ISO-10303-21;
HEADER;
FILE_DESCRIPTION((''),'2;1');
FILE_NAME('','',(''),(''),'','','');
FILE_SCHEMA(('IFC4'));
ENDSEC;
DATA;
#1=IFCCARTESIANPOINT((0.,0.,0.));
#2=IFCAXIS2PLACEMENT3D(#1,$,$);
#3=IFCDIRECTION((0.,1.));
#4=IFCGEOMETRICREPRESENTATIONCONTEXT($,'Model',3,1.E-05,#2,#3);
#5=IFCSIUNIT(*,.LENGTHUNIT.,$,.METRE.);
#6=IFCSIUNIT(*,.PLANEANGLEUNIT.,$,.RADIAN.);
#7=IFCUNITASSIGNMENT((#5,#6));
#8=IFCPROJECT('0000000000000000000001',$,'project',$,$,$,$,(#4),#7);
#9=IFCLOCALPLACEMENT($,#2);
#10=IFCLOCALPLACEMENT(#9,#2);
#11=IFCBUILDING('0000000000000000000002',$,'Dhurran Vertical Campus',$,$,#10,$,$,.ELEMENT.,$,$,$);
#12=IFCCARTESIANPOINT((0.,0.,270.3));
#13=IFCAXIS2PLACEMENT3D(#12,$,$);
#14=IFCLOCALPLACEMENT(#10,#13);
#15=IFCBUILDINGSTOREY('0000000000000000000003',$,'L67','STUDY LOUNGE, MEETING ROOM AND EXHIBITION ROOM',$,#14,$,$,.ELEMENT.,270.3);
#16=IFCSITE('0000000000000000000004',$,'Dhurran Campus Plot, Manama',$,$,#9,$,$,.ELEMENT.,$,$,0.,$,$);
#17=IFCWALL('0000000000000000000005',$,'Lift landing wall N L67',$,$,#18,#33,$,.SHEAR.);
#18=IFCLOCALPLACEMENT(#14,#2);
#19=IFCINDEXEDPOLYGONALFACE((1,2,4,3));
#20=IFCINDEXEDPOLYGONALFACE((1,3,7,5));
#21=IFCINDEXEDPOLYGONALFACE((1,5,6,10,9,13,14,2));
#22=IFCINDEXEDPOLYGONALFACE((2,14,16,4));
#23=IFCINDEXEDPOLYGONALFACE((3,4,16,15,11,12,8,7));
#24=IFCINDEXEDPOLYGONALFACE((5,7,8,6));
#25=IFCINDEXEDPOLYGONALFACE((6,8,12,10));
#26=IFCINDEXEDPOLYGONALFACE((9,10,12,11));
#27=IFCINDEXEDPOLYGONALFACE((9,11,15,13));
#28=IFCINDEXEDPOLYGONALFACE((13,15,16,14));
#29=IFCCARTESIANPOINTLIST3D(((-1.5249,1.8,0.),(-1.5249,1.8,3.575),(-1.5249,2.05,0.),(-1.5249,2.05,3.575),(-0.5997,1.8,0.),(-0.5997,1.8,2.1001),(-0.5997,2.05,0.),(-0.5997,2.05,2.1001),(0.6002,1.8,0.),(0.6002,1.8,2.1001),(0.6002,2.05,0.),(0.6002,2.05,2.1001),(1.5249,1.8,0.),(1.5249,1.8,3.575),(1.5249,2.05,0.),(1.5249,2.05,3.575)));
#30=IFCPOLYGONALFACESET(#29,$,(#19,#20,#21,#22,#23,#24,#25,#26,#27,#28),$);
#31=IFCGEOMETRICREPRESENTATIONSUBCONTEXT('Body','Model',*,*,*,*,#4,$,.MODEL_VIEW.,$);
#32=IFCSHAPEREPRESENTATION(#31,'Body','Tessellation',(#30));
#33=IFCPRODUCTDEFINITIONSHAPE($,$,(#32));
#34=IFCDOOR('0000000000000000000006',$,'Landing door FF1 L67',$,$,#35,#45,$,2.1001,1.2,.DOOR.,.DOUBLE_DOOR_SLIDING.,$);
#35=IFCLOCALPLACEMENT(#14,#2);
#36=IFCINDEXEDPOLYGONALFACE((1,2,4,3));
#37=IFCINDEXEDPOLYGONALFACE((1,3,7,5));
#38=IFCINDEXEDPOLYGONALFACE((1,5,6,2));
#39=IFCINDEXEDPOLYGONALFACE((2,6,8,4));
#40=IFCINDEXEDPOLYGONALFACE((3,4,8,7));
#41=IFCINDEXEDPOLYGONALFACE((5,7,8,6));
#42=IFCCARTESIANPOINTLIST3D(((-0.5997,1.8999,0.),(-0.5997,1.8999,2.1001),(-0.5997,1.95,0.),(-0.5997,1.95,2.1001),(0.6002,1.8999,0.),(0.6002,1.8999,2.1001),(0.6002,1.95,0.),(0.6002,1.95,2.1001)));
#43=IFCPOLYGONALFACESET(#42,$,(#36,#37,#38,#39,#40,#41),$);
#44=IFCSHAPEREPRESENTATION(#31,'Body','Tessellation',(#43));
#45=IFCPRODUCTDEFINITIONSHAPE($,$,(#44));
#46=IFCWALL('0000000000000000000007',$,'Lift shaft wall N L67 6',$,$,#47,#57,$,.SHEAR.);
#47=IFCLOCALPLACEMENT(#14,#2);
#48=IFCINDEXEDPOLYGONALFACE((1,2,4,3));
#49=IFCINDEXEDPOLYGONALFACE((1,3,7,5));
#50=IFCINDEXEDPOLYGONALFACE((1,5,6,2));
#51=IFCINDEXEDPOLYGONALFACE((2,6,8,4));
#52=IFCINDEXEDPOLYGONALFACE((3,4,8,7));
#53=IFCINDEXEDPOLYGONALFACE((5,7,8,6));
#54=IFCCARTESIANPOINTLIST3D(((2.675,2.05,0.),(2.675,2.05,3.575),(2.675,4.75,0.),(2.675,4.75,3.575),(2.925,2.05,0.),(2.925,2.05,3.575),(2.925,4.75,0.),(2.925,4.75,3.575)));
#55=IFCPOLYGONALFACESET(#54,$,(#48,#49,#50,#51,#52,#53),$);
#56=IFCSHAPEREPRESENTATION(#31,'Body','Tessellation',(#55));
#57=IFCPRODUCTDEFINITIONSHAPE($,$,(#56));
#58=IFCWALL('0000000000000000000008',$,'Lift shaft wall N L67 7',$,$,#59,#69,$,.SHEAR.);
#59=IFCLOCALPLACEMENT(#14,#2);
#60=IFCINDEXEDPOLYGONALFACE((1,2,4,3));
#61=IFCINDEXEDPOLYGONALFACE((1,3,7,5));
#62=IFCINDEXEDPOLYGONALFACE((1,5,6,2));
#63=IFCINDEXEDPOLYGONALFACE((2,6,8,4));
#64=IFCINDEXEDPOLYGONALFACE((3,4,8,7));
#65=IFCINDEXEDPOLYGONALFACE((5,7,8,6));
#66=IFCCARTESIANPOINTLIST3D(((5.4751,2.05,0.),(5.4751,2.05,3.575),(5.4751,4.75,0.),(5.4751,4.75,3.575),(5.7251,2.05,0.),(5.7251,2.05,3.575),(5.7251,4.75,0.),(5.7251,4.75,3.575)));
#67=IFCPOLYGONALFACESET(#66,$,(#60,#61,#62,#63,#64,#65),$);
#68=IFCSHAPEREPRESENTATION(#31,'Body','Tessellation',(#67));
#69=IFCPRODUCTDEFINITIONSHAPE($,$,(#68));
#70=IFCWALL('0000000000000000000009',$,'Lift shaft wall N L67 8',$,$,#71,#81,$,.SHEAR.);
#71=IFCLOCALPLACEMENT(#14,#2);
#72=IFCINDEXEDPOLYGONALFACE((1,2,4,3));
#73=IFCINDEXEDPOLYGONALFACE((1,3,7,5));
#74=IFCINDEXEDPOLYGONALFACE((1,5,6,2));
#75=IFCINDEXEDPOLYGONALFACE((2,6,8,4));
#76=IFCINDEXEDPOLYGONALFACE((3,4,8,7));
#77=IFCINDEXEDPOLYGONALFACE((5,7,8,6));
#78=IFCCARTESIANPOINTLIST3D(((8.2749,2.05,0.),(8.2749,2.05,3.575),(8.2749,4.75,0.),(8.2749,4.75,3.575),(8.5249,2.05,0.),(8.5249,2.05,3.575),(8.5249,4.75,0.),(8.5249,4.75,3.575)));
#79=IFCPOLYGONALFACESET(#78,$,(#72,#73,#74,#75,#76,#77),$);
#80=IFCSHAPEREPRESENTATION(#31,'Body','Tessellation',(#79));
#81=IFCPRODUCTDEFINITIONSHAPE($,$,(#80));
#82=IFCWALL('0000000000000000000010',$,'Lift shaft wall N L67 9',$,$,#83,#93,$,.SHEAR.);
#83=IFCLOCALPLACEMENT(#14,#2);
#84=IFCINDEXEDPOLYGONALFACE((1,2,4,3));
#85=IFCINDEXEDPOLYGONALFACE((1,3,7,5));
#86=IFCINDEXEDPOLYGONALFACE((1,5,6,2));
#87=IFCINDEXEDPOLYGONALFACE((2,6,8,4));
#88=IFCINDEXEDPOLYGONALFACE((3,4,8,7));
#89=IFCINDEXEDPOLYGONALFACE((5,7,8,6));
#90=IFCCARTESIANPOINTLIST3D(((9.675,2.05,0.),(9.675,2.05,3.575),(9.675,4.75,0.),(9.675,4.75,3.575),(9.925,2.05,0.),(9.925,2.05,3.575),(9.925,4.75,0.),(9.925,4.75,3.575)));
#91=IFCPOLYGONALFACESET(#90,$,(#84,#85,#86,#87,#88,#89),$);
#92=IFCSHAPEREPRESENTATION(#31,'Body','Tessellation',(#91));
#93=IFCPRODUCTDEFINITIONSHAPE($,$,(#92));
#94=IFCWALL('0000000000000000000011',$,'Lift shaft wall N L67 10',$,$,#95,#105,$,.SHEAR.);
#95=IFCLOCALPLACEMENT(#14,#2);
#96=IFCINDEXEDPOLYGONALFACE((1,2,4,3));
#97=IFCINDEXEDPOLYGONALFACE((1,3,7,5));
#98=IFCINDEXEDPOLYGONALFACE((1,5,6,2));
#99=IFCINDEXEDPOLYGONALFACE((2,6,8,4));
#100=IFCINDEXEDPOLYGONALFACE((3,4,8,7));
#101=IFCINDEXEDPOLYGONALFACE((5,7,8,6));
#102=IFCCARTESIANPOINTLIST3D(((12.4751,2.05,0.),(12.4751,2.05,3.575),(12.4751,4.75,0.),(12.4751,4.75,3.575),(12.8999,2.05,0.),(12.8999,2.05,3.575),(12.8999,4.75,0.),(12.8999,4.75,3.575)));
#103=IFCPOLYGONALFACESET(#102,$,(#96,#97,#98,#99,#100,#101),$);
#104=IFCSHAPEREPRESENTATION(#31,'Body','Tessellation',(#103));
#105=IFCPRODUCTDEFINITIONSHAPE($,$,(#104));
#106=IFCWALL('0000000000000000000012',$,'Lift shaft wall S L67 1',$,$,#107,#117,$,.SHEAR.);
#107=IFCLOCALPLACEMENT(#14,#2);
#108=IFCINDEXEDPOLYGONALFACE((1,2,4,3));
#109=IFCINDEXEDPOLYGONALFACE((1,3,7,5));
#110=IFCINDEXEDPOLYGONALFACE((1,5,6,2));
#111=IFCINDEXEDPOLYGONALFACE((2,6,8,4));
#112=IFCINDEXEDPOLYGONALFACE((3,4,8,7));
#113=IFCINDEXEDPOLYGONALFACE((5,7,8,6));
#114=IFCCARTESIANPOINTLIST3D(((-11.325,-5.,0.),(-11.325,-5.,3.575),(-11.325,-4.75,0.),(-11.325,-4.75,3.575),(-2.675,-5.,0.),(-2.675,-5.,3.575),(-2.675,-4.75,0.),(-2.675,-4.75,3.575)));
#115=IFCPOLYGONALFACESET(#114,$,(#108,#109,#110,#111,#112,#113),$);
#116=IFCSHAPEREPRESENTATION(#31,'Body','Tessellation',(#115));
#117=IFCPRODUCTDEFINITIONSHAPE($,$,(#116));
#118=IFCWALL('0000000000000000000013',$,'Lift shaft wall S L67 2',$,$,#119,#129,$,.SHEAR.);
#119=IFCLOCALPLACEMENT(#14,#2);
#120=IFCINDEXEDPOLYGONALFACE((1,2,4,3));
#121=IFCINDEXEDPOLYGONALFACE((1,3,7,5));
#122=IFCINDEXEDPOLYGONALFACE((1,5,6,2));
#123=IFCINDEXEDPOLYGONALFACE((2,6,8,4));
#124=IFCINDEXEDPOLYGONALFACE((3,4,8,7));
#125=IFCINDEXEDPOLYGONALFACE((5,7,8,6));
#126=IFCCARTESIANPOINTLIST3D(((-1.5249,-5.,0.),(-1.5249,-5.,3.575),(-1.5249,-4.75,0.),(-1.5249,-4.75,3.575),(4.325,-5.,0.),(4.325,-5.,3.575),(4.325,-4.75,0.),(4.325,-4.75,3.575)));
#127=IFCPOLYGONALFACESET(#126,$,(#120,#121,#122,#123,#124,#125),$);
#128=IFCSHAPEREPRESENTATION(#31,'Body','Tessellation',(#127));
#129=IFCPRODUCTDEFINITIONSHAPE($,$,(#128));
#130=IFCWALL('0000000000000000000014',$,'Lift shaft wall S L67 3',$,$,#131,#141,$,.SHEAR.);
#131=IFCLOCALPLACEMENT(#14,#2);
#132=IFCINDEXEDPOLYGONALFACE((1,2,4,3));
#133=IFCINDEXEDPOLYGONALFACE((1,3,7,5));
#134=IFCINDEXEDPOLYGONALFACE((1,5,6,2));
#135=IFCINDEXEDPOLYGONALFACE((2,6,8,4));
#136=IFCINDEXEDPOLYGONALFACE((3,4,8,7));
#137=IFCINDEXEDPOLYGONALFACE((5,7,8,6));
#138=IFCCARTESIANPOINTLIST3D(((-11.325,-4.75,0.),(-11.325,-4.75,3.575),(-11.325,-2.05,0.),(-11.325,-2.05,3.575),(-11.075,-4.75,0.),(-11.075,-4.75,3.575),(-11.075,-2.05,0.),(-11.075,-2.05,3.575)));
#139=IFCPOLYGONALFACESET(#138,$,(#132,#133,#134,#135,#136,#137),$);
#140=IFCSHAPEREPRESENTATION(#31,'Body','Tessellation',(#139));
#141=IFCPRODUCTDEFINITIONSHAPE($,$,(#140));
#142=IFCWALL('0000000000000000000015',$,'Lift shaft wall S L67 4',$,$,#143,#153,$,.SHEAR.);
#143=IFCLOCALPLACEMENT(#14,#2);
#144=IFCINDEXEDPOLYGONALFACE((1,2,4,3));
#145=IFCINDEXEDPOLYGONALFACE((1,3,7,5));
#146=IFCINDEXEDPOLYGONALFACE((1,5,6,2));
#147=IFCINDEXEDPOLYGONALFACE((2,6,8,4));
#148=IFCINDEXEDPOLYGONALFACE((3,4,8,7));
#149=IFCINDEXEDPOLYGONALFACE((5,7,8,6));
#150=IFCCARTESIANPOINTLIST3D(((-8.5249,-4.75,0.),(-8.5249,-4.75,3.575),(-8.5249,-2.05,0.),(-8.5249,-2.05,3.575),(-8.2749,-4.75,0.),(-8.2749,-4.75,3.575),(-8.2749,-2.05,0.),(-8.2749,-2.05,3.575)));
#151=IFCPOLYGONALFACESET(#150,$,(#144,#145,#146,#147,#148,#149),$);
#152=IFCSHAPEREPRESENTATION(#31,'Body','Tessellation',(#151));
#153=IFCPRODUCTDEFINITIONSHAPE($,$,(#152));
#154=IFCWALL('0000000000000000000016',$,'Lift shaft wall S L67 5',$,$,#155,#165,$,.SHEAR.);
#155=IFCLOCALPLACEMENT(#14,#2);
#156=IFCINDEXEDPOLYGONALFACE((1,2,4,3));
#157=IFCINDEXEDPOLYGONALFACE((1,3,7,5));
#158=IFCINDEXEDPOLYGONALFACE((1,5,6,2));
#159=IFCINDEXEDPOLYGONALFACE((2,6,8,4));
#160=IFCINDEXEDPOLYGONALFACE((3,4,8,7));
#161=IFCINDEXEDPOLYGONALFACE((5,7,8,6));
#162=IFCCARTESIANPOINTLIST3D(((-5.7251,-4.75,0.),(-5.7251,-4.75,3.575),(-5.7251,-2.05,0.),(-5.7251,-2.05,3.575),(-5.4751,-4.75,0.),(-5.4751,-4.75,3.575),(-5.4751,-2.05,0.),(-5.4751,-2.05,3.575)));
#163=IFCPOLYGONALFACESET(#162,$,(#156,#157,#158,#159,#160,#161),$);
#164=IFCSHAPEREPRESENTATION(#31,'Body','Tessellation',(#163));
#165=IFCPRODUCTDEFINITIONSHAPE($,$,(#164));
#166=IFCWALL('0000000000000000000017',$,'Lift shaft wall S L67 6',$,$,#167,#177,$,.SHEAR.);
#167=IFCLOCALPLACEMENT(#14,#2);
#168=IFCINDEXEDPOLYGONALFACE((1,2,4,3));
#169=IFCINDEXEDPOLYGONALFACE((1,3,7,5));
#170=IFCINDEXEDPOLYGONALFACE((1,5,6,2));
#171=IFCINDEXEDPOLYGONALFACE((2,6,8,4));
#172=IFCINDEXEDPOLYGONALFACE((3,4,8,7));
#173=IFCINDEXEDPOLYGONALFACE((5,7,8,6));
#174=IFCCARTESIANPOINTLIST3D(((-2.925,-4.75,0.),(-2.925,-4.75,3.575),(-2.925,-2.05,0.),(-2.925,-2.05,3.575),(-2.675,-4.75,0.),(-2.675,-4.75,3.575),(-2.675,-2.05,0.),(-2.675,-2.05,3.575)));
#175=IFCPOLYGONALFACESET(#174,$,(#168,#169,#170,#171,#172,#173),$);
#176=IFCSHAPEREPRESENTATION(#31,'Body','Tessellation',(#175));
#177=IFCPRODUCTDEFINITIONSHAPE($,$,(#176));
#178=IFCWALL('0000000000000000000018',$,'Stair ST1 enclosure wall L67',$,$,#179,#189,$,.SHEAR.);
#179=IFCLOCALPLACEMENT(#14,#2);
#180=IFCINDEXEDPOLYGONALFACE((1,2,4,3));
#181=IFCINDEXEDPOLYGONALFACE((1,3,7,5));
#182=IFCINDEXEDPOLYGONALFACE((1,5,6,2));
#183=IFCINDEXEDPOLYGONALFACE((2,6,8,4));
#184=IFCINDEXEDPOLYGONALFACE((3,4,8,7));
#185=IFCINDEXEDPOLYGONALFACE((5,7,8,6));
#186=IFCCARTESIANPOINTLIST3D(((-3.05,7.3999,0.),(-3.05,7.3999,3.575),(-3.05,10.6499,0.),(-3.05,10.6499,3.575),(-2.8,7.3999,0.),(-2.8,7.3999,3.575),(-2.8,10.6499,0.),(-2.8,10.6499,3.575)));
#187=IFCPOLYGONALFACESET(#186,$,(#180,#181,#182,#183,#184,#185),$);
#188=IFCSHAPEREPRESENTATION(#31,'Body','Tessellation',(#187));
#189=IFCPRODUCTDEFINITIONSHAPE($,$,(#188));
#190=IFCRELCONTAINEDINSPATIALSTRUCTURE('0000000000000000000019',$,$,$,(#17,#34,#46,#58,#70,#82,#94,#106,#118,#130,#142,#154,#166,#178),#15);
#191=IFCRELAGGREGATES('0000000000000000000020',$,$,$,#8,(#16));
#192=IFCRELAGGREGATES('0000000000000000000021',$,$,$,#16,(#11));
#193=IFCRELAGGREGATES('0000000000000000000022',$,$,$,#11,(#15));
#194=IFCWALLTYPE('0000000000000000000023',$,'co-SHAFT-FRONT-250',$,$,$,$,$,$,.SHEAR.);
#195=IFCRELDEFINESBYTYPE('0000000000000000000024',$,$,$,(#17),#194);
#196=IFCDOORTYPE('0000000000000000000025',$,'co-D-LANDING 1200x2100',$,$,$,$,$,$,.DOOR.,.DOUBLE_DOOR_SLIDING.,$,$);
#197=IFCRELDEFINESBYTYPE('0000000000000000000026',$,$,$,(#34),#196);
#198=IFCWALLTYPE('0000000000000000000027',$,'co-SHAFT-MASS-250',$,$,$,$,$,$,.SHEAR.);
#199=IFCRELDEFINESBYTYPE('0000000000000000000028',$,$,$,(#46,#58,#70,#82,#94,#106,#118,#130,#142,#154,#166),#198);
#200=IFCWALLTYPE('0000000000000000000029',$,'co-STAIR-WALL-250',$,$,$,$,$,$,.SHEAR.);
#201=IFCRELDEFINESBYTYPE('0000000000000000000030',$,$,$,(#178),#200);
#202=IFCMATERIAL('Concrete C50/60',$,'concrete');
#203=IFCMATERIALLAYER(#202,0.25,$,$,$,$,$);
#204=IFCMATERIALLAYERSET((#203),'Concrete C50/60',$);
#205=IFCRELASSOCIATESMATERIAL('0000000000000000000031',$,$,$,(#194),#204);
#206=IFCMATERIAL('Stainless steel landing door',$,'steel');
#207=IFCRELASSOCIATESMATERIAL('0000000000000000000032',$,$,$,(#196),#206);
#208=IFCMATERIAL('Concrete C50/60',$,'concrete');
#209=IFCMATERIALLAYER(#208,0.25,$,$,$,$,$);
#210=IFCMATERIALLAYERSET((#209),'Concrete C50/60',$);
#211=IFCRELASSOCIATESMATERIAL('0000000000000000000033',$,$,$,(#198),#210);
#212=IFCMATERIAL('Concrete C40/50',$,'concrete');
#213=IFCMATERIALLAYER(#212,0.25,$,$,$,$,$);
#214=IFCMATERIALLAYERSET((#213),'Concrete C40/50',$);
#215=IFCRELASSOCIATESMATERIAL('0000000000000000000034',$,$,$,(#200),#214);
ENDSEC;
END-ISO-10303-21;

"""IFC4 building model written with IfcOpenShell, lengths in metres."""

from ifc_helpers import new_model, si_unit, direction, frame, frame_2d, origin, place, context, subcontext, project, spatial, polyline, rectangle, outline, extrude, material, layer, layer_set, type_object, element, fill, save


model = new_model("IFC4")

# Units and contexts
model_context = context("Model", 3, precision=1e-05, world=origin(), true_north=direction((0.0, 1.0)))
body_context = subcontext(model_context, "Body", "Model", "MODEL_VIEW")
ifc_project = project(units=[si_unit("LENGTHUNIT", "METRE"), si_unit("PLANEANGLEUNIT", "RADIAN")], contexts=[model_context])

# Site, building, storey
site_placement = place(None, origin())
site = spatial("IfcSite", under=ifc_project, at=site_placement, Name="Dhurran Campus Plot, Manama", CompositionType="ELEMENT", RefElevation=0.0)
building_placement = place(site_placement, origin())
building = spatial("IfcBuilding", under=site, at=building_placement, Name="Dhurran Vertical Campus", CompositionType="ELEMENT")
storey_placement = place(building_placement, frame((0.0, 0.0, 270.3)))
storey = spatial("IfcBuildingStorey", under=building, at=storey_placement, Name="L67", Description="STUDY LOUNGE, MEETING ROOM AND EXHIBITION ROOM", CompositionType="ELEMENT", Elevation=270.3)

# Wall, opening, door
ifc_material_1 = material(Name="Concrete C50/60", Category="concrete")
ifc_layer_1 = layer(ifc_material_1, 0.25)
ifc_layer_set_1 = layer_set([ifc_layer_1], Name="Concrete C50/60")
wall_type_1 = type_object("IfcWallType", Name="co-SHAFT-FRONT-250", PredefinedType="SHEAR", material=ifc_layer_set_1)
wall_1_placement = place(storey_placement, frame((-1.5249, 1.925, 0.0), z_axis=(0.0, 0.0, 1.0), x_axis=(1.0, 0.0, 0.0)))
wall_1 = element("IfcWall", 1, at=wall_1_placement, inside=storey, type_object=wall_type_1, Name="Lift landing wall N L67", PredefinedType="SHEAR", context=body_context, shape_type="SweptSolid", body=[
    extrude(rectangle(XDim=3.0498, YDim=0.25, at=frame_2d((1.5249, 0.0))), origin(), (0.0, 0.0, 1.0), 3.575),
])
opening_1_placement = place(wall_1_placement, frame((0.925, 0.0, 0.0)))
opening_1 = element("IfcOpeningElement", 2, at=opening_1_placement, cuts=wall_1, PredefinedType="OPENING", context=body_context, shape_type="SweptSolid", body=[
    extrude(rectangle(XDim=1.2, YDim=2.1001, at=frame_2d((0.6001, 1.05))), frame((0.0, 0.135, 0.0), z_axis=(0.0, -1.0, 0.0), x_axis=(1.0, 0.0, 0.0)), (0.0, 0.0, 1.0), 0.27),
])
ifc_material_2 = material(Name="Stainless steel landing door", Category="steel")
door_type_1 = type_object("IfcDoorType", Name="co-D-LANDING 1200x2100", OperationType="DOUBLE_DOOR_SLIDING", PredefinedType="DOOR", material=ifc_material_2)
door_1_placement = place(opening_1_placement, origin())
door_1 = element("IfcDoor", 3, at=door_1_placement, inside=storey, type_object=door_type_1, Name="Landing door FF1 L67", OperationType="DOUBLE_DOOR_SLIDING", OverallHeight=2.1001, OverallWidth=1.2, PredefinedType="DOOR", context=body_context, shape_type="SweptSolid", body=[
    extrude(rectangle(XDim=1.2, YDim=2.1001, at=frame_2d((0.6001, 1.05))), frame((0.0, 0.0249, 0.0), z_axis=(0.0, -1.0, 0.0), x_axis=(1.0, 0.0, 0.0)), (0.0, 0.0, 1.0), 0.05),
])
fill(opening_1, door_1)

# Walls
ifc_material_3 = material(Name="Concrete C50/60", Category="concrete")
ifc_layer_2 = layer(ifc_material_3, 0.25)
ifc_layer_set_2 = layer_set([ifc_layer_2], Name="Concrete C50/60")
wall_type_2 = type_object("IfcWallType", Name="co-SHAFT-MASS-250", PredefinedType="SHEAR", material=ifc_layer_set_2)
wall_2_placement = place(storey_placement, origin())
element("IfcWall", 4, at=wall_2_placement, inside=storey, type_object=wall_type_2, Name="Lift shaft wall N L67 6", PredefinedType="SHEAR", context=body_context, shape_type="SweptSolid", body=[
    extrude(outline(polyline([(2.675, 2.05), (2.925, 2.05), (2.925, 4.75), (2.675, 4.75), (2.675, 2.05)])), origin(), (0.0, 0.0, 1.0), 3.575),
])
wall_3_placement = place(storey_placement, origin())
element("IfcWall", 5, at=wall_3_placement, inside=storey, type_object=wall_type_2, Name="Lift shaft wall N L67 7", PredefinedType="SHEAR", context=body_context, shape_type="SweptSolid", body=[
    extrude(outline(polyline([(5.4751, 2.05), (5.7251, 2.05), (5.7251, 4.75), (5.4751, 4.75), (5.4751, 2.05)])), origin(), (0.0, 0.0, 1.0), 3.575),
])
wall_4_placement = place(storey_placement, origin())
element("IfcWall", 6, at=wall_4_placement, inside=storey, type_object=wall_type_2, Name="Lift shaft wall N L67 8", PredefinedType="SHEAR", context=body_context, shape_type="SweptSolid", body=[
    extrude(outline(polyline([(8.2749, 2.05), (8.5249, 2.05), (8.5249, 4.75), (8.2749, 4.75), (8.2749, 2.05)])), origin(), (0.0, 0.0, 1.0), 3.575),
])
wall_5_placement = place(storey_placement, origin())
element("IfcWall", 7, at=wall_5_placement, inside=storey, type_object=wall_type_2, Name="Lift shaft wall N L67 9", PredefinedType="SHEAR", context=body_context, shape_type="SweptSolid", body=[
    extrude(outline(polyline([(9.675, 2.05), (9.925, 2.05), (9.925, 4.75), (9.675, 4.75), (9.675, 2.05)])), origin(), (0.0, 0.0, 1.0), 3.575),
])
wall_6_placement = place(storey_placement, origin())
element("IfcWall", 8, at=wall_6_placement, inside=storey, type_object=wall_type_2, Name="Lift shaft wall N L67 10", PredefinedType="SHEAR", context=body_context, shape_type="SweptSolid", body=[
    extrude(outline(polyline([(12.4751, 2.05), (12.8999, 2.05), (12.8999, 4.75), (12.4751, 4.75), (12.4751, 2.05)])), origin(), (0.0, 0.0, 1.0), 3.575),
])
wall_7_placement = place(storey_placement, origin())
element("IfcWall", 9, at=wall_7_placement, inside=storey, type_object=wall_type_2, Name="Lift shaft wall S L67 1", PredefinedType="SHEAR", context=body_context, shape_type="SweptSolid", body=[
    extrude(outline(polyline([(-11.325, -5.0), (-2.675, -5.0), (-2.675, -4.75), (-11.325, -4.75), (-11.325, -5.0)])), origin(), (0.0, 0.0, 1.0), 3.575),
])
wall_8_placement = place(storey_placement, origin())
element("IfcWall", 10, at=wall_8_placement, inside=storey, type_object=wall_type_2, Name="Lift shaft wall S L67 2", PredefinedType="SHEAR", context=body_context, shape_type="SweptSolid", body=[
    extrude(outline(polyline([(-1.5249, -5.0), (4.325, -5.0), (4.325, -4.75), (-1.5249, -4.75), (-1.5249, -5.0)])), origin(), (0.0, 0.0, 1.0), 3.575),
])
wall_9_placement = place(storey_placement, origin())
element("IfcWall", 11, at=wall_9_placement, inside=storey, type_object=wall_type_2, Name="Lift shaft wall S L67 3", PredefinedType="SHEAR", context=body_context, shape_type="SweptSolid", body=[
    extrude(outline(polyline([(-11.325, -4.75), (-11.075, -4.75), (-11.075, -2.05), (-11.325, -2.05), (-11.325, -4.75)])), origin(), (0.0, 0.0, 1.0), 3.575),
])
wall_10_placement = place(storey_placement, origin())
element("IfcWall", 12, at=wall_10_placement, inside=storey, type_object=wall_type_2, Name="Lift shaft wall S L67 4", PredefinedType="SHEAR", context=body_context, shape_type="SweptSolid", body=[
    extrude(outline(polyline([(-8.5249, -4.75), (-8.2749, -4.75), (-8.2749, -2.05), (-8.5249, -2.05), (-8.5249, -4.75)])), origin(), (0.0, 0.0, 1.0), 3.575),
])
wall_11_placement = place(storey_placement, origin())
element("IfcWall", 13, at=wall_11_placement, inside=storey, type_object=wall_type_2, Name="Lift shaft wall S L67 5", PredefinedType="SHEAR", context=body_context, shape_type="SweptSolid", body=[
    extrude(outline(polyline([(-5.7251, -4.75), (-5.4751, -4.75), (-5.4751, -2.05), (-5.7251, -2.05), (-5.7251, -4.75)])), origin(), (0.0, 0.0, 1.0), 3.575),
])
wall_12_placement = place(storey_placement, origin())
element("IfcWall", 14, at=wall_12_placement, inside=storey, type_object=wall_type_2, Name="Lift shaft wall S L67 6", PredefinedType="SHEAR", context=body_context, shape_type="SweptSolid", body=[
    extrude(outline(polyline([(-2.925, -4.75), (-2.675, -4.75), (-2.675, -2.05), (-2.925, -2.05), (-2.925, -4.75)])), origin(), (0.0, 0.0, 1.0), 3.575),
])
ifc_material_4 = material(Name="Concrete C40/50", Category="concrete")
ifc_layer_3 = layer(ifc_material_4, 0.25)
ifc_layer_set_3 = layer_set([ifc_layer_3], Name="Concrete C40/50")
wall_type_3 = type_object("IfcWallType", Name="co-STAIR-WALL-250", PredefinedType="SHEAR", material=ifc_layer_set_3)
wall_13_placement = place(storey_placement, frame((-2.925, 7.3999, 0.0), z_axis=(0.0, 0.0, 1.0), x_axis=(0.0, 1.0, 0.0)))
element("IfcWall", 15, at=wall_13_placement, inside=storey, type_object=wall_type_3, Name="Stair ST1 enclosure wall L67", PredefinedType="SHEAR", context=body_context, shape_type="SweptSolid", body=[
    extrude(rectangle(XDim=3.25, YDim=0.25, at=frame_2d((1.625, 0.0))), origin(), (0.0, 0.0, 1.0), 3.575),
])

save(model, "model.ifc")
